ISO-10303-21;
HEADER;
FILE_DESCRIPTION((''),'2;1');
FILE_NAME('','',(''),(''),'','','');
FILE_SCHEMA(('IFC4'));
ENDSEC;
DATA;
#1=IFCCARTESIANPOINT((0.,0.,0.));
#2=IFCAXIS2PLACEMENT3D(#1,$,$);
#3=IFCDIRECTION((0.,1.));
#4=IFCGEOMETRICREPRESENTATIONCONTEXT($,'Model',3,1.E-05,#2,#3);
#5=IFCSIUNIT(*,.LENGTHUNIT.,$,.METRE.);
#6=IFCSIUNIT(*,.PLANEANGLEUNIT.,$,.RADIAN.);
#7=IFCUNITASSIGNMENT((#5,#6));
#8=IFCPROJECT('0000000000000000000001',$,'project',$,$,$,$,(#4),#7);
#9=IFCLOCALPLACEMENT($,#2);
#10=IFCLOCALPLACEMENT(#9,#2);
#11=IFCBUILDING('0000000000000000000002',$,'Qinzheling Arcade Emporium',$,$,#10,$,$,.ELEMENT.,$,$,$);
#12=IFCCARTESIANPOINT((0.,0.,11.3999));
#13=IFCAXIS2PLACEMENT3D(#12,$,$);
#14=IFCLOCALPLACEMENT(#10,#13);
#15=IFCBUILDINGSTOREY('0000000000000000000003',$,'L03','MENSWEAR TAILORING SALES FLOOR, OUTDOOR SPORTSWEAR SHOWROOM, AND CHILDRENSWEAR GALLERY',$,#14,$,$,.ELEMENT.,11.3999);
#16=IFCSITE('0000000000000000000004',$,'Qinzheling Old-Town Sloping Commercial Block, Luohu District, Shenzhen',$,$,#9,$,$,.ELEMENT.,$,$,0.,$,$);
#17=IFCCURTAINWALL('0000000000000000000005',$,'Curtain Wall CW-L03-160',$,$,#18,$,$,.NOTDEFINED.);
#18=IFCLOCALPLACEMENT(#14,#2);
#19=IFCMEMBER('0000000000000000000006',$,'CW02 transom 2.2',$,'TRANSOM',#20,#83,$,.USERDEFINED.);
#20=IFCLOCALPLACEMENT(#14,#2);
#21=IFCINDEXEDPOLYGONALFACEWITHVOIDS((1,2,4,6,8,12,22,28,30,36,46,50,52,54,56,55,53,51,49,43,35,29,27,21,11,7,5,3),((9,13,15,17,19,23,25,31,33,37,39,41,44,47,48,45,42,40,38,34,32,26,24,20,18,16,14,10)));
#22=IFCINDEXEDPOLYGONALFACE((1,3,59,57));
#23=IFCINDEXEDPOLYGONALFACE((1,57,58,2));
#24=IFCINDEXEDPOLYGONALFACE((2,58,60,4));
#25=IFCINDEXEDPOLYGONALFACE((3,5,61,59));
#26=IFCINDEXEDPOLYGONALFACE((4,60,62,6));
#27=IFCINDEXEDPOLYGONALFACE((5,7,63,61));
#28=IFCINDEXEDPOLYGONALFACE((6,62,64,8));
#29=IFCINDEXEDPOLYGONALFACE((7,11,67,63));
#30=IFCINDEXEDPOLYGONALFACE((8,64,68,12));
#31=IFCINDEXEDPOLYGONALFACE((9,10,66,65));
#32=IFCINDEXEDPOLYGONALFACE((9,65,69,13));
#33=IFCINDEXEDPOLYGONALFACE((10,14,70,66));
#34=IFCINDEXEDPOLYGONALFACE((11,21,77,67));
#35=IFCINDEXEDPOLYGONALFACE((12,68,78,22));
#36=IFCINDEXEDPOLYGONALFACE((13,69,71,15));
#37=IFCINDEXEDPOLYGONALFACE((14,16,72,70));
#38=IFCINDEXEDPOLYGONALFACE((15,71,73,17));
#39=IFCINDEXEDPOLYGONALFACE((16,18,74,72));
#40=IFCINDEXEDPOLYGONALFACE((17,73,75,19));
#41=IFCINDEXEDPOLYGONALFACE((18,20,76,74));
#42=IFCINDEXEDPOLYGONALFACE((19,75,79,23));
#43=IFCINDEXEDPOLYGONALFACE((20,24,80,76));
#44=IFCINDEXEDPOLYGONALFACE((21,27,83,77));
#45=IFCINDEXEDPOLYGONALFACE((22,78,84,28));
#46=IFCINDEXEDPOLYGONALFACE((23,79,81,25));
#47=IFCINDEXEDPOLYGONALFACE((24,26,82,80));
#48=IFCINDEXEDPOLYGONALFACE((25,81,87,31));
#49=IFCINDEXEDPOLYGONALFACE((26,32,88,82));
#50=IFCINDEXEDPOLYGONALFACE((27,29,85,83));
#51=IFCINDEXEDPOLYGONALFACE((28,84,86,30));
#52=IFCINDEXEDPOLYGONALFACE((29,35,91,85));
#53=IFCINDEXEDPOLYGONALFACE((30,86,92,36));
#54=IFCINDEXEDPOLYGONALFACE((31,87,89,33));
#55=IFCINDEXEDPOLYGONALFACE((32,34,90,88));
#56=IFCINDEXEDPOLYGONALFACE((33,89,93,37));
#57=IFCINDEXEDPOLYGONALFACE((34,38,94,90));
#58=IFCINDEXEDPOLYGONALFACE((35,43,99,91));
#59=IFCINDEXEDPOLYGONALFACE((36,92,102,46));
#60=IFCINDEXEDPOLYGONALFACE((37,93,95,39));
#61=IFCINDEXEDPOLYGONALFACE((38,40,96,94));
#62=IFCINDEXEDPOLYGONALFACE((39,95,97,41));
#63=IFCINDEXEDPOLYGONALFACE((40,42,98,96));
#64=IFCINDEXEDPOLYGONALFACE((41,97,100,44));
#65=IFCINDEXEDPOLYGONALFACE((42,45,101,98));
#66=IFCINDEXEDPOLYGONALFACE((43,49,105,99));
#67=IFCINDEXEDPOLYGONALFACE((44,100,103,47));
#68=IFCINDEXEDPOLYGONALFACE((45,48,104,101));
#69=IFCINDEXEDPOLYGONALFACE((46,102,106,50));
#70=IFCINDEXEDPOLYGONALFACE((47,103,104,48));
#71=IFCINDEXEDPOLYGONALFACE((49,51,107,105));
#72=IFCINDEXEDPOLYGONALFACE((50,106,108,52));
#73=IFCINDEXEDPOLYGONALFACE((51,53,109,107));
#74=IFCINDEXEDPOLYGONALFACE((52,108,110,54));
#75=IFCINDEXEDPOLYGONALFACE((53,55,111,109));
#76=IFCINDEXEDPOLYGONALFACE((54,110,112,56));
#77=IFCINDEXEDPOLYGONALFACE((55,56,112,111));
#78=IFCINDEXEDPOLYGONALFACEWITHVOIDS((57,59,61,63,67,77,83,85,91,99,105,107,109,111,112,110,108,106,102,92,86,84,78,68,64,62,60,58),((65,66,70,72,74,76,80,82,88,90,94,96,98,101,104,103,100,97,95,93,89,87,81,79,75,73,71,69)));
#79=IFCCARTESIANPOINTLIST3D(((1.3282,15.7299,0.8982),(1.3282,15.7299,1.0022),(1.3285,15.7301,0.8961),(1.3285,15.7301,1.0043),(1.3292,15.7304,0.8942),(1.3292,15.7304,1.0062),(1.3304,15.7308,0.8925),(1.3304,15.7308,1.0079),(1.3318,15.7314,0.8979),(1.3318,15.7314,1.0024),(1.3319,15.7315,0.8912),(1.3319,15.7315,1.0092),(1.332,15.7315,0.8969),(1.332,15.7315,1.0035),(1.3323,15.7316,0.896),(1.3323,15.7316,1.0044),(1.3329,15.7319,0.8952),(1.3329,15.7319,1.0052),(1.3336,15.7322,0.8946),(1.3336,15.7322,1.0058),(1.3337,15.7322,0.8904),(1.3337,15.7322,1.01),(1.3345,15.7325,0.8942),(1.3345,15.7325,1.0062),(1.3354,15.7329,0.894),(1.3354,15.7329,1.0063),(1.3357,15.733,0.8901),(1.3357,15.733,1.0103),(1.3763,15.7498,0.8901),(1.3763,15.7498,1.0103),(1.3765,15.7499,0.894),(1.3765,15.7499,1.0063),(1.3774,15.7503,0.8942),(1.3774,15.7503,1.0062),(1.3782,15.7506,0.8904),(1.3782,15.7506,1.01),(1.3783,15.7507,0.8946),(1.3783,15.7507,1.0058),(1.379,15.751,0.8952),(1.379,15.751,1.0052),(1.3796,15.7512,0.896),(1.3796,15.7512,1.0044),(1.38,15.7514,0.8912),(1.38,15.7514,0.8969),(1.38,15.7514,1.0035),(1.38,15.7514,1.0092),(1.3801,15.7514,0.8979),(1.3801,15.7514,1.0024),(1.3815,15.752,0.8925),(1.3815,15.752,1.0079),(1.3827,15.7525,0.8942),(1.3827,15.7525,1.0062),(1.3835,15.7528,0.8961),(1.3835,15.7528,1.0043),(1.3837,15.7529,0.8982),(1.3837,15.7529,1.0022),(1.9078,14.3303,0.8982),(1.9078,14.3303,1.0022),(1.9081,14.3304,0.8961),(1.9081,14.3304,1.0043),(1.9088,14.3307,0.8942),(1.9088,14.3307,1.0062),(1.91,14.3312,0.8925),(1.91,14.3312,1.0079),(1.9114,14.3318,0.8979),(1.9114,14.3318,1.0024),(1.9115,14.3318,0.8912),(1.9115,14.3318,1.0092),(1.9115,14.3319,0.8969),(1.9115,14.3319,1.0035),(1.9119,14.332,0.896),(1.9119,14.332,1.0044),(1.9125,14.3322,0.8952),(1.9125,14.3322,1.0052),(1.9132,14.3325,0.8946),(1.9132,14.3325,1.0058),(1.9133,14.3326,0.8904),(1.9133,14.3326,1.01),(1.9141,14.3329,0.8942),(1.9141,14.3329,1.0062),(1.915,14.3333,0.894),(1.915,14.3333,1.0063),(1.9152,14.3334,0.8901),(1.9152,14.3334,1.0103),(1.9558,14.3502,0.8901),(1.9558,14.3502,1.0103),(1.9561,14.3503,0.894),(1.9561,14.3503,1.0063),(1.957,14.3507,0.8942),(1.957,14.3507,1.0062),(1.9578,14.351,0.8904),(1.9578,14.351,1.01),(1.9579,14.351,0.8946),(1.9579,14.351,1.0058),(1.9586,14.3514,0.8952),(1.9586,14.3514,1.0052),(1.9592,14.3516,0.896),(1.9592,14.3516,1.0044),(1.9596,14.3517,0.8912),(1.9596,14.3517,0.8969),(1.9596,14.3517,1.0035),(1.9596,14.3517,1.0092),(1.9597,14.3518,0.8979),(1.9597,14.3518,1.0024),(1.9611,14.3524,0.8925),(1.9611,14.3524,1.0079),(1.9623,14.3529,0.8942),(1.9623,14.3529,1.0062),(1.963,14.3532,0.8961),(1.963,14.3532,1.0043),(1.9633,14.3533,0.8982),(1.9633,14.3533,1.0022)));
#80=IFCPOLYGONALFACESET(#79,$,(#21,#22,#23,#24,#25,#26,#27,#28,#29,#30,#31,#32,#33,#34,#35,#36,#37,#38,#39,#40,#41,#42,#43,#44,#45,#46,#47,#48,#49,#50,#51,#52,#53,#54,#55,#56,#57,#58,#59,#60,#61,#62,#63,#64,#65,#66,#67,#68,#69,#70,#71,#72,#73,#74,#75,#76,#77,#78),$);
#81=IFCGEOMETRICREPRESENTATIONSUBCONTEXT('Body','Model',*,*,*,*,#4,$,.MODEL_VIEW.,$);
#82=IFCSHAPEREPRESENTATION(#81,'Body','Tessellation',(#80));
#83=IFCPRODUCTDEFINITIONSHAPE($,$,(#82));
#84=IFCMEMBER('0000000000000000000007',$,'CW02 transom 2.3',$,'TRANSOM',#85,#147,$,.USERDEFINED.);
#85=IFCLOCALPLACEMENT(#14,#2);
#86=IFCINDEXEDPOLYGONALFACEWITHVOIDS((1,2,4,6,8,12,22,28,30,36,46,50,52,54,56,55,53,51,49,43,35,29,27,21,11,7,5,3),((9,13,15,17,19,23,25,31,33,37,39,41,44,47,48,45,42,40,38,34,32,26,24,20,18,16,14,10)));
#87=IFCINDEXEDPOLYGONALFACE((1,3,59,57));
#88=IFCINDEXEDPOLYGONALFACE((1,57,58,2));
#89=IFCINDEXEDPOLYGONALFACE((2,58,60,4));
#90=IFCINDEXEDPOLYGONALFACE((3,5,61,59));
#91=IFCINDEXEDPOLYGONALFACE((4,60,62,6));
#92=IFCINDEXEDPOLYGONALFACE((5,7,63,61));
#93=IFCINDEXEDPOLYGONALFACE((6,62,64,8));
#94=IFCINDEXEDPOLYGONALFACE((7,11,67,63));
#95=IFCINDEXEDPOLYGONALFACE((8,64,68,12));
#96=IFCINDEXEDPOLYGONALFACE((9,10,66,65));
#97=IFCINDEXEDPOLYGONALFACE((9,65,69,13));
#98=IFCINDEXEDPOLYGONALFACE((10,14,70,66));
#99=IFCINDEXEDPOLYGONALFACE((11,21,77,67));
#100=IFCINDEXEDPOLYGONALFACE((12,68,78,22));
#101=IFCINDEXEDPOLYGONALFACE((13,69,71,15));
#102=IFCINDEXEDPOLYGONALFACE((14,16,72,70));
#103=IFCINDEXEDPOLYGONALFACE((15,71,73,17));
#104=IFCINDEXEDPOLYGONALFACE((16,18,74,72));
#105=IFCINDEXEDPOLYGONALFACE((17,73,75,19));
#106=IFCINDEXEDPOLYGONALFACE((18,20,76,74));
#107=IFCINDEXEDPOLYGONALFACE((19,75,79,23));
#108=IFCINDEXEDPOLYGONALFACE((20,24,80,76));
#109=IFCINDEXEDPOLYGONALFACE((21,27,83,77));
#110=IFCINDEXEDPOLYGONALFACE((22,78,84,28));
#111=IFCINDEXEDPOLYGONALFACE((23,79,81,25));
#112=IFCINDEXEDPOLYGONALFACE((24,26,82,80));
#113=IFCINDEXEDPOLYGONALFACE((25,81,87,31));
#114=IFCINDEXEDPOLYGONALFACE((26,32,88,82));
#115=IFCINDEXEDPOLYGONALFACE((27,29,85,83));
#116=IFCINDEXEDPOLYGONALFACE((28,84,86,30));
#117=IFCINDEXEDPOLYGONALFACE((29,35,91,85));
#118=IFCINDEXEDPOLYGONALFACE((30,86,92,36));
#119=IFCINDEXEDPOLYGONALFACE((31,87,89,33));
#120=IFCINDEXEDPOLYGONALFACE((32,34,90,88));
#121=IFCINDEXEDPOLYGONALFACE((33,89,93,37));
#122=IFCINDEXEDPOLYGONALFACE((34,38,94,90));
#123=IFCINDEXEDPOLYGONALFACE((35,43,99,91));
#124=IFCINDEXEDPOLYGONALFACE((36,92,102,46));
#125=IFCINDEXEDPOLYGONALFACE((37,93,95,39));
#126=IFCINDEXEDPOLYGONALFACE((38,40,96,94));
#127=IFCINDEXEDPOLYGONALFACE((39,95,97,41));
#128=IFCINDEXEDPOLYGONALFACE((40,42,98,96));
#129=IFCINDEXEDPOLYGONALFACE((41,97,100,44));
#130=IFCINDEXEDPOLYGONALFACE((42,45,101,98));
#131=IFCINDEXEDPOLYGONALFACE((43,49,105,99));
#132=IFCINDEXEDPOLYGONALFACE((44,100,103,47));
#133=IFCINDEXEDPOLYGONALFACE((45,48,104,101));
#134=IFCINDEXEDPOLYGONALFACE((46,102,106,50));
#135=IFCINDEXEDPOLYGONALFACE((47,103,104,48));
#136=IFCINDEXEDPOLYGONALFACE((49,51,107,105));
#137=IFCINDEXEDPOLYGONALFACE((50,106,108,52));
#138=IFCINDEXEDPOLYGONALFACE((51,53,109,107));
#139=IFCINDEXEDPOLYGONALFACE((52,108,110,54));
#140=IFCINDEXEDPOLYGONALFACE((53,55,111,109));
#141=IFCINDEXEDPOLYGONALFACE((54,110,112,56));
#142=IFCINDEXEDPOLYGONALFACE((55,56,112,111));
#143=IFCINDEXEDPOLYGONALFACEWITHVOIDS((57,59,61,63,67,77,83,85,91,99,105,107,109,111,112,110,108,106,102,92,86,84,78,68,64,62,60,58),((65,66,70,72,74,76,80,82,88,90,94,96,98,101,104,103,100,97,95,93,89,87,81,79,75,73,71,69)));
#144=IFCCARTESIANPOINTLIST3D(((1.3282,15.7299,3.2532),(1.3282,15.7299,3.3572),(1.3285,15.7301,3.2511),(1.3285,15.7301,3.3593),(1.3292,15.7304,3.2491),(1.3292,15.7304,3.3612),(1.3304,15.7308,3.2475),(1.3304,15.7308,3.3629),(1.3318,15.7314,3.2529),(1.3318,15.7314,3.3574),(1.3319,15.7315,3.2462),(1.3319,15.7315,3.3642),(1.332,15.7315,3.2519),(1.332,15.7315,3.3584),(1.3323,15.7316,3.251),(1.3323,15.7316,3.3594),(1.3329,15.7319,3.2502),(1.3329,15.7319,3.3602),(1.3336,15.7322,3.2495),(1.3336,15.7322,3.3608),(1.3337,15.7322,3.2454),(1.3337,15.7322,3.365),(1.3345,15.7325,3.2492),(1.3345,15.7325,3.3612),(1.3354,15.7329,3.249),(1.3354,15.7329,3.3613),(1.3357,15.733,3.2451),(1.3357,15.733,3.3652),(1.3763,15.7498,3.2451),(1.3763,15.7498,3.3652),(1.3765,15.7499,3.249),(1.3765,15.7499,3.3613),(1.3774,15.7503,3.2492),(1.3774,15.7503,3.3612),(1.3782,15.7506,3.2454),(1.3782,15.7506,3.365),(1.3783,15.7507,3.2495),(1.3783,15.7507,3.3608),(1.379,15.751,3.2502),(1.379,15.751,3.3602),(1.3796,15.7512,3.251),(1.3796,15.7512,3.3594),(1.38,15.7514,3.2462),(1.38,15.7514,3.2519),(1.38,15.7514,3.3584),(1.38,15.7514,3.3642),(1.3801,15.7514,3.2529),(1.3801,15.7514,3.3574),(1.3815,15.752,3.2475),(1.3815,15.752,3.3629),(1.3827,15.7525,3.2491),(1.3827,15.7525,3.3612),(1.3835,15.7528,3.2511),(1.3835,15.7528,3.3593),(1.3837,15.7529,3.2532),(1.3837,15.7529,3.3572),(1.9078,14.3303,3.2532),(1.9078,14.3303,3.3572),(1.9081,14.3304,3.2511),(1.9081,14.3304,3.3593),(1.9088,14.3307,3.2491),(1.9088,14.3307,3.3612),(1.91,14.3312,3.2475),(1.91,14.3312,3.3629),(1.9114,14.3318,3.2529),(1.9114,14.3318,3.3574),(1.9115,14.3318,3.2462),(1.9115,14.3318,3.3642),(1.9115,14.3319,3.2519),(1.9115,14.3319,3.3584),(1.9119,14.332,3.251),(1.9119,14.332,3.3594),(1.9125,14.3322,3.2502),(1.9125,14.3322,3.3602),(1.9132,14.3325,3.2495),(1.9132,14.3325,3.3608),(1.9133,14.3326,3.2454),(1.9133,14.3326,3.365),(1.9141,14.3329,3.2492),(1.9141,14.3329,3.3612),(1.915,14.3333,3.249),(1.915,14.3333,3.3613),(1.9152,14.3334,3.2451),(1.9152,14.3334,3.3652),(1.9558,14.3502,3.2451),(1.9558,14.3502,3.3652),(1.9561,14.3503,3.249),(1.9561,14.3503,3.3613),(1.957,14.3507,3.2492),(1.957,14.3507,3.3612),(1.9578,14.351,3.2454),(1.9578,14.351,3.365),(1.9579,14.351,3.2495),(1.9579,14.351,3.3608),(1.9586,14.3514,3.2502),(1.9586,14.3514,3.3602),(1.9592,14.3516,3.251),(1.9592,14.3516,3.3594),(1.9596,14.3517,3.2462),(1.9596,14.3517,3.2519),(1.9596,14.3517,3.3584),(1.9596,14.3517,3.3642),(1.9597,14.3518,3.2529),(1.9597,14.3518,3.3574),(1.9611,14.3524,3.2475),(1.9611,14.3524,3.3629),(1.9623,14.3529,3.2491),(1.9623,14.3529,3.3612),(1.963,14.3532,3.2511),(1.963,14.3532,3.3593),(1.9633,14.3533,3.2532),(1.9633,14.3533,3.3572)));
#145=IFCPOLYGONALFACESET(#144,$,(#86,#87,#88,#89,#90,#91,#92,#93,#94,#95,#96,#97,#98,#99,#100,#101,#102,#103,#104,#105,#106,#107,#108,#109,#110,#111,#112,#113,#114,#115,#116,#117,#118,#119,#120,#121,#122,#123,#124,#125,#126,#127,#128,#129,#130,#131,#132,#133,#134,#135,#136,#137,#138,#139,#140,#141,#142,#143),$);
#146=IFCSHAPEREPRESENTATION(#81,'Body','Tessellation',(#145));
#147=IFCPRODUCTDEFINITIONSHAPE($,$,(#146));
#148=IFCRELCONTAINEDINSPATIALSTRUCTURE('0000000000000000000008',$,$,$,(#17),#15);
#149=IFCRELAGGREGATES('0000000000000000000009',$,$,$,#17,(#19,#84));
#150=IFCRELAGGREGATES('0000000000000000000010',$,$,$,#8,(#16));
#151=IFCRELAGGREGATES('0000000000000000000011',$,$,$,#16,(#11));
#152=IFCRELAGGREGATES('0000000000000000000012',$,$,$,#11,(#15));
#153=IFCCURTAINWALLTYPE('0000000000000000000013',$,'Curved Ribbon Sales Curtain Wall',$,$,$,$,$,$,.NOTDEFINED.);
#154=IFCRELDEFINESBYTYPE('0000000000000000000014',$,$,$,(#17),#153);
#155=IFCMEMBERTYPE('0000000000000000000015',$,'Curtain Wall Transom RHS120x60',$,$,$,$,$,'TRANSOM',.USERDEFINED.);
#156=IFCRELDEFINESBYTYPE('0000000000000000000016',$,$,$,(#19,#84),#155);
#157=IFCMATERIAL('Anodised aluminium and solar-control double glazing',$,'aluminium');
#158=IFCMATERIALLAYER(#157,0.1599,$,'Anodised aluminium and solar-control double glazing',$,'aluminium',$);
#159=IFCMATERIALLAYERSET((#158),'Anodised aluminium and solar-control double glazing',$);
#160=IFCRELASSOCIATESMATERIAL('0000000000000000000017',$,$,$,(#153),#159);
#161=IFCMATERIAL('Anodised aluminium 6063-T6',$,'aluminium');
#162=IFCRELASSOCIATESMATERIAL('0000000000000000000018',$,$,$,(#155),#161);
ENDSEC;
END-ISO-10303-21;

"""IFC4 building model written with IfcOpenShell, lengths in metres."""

from ifc_helpers import new_model, si_unit, direction, frame, origin, origin_2d, place, context, subcontext, project, spatial, hollow_rectangle, extrude, material, layer, layer_set, material_profile, profile_set, type_object, element, aggregate, save


model = new_model("IFC4")

# Units and contexts
model_context = context("Model", 3, precision=1e-05, world=origin(), true_north=direction((0.0, 1.0)))
body_context = subcontext(model_context, "Body", "Model", "MODEL_VIEW")
ifc_project = project(units=[si_unit("LENGTHUNIT", "METRE"), si_unit("PLANEANGLEUNIT", "RADIAN")], contexts=[model_context])

# Site, building, storey
site_placement = place(None, origin())
site = spatial("IfcSite", under=ifc_project, at=site_placement, Name="Qinzheling Old-Town Sloping Commercial Block, Luohu District, Shenzhen", CompositionType="ELEMENT", RefElevation=0.0)
building_placement = place(site_placement, origin())
building = spatial("IfcBuilding", under=site, at=building_placement, Name="Qinzheling Arcade Emporium", CompositionType="ELEMENT")
storey_placement = place(building_placement, frame((0.0, 0.0, 11.3999)))
storey = spatial("IfcBuildingStorey", under=building, at=storey_placement, Name="L03", Description="MENSWEAR TAILORING SALES FLOOR, OUTDOOR SPORTSWEAR SHOWROOM, AND CHILDRENSWEAR GALLERY", CompositionType="ELEMENT", Elevation=11.3999)

# Curtain wall
ifc_material_1 = material(Name="Anodised aluminium and solar-control double glazing", Category="aluminium")
ifc_layer_1 = layer(ifc_material_1, 0.1599, Name="Anodised aluminium and solar-control double glazing", Category="aluminium")
ifc_layer_set_1 = layer_set([ifc_layer_1], Name="Anodised aluminium and solar-control double glazing")
curtain_wall_type = type_object("IfcCurtainWallType", Name="Curved Ribbon Sales Curtain Wall", PredefinedType="NOTDEFINED", material=ifc_layer_set_1)
curtain_wall_1_placement = place(storey_placement, origin())
curtain_wall_1 = element("IfcCurtainWall", 1, at=curtain_wall_1_placement, inside=storey, type_object=curtain_wall_type, Name="Curtain Wall CW-L03-160", PredefinedType="NOTDEFINED")
ifc_material_2 = material(Name="Anodised aluminium 6063-T6", Category="aluminium")

# Members
ifc_material_profile_1 = material_profile(ifc_material_2, hollow_rectangle(XDim=0.0601, YDim=0.1201, WallThickness=0.0039, InnerFilletRadius=0.0039, OuterFilletRadius=0.0081, at=origin_2d()), Name="RHS 120x60x4", Category="aluminium")
ifc_profile_set_1 = profile_set([ifc_material_profile_1], Name="Anodised aluminium 6063-T6")
member_type_1 = type_object("IfcMemberType", Name="Curtain Wall Transom RHS120x60", ElementType="TRANSOM", PredefinedType="USERDEFINED", material=ifc_profile_set_1)
member_1_placement = place(storey_placement, frame((1.9355, 14.3418, 0.9502), z_axis=(-0.382589, 0.923919, 0.0), x_axis=(-0.923919, -0.382589, 0.0)))
member_1 = element("IfcMember", 2, at=member_1_placement, type_object=member_type_1, Name="CW02 transom 2.2", ObjectType="TRANSOM", PredefinedType="USERDEFINED", context=body_context, shape_type="SweptSolid", body=[
    extrude(hollow_rectangle(XDim=0.0601, YDim=0.1201, WallThickness=0.0039, InnerFilletRadius=0.0039, OuterFilletRadius=0.0081, at=origin_2d()), origin(), (0.0, 0.0, 1.0), 1.5149),
])
member_2_placement = place(storey_placement, frame((1.9355, 14.3418, 3.3052), z_axis=(-0.382589, 0.923919, 0.0), x_axis=(-0.923919, -0.382589, 0.0)))
member_2 = element("IfcMember", 3, at=member_2_placement, type_object=member_type_1, Name="CW02 transom 2.3", ObjectType="TRANSOM", PredefinedType="USERDEFINED", context=body_context, shape_type="SweptSolid", body=[
    extrude(hollow_rectangle(XDim=0.0601, YDim=0.1201, WallThickness=0.0039, InnerFilletRadius=0.0039, OuterFilletRadius=0.0081, at=origin_2d()), origin(), (0.0, 0.0, 1.0), 1.5149),
])

aggregate(curtain_wall_1, [member_1, member_2])

save(model, "model.ifc")
